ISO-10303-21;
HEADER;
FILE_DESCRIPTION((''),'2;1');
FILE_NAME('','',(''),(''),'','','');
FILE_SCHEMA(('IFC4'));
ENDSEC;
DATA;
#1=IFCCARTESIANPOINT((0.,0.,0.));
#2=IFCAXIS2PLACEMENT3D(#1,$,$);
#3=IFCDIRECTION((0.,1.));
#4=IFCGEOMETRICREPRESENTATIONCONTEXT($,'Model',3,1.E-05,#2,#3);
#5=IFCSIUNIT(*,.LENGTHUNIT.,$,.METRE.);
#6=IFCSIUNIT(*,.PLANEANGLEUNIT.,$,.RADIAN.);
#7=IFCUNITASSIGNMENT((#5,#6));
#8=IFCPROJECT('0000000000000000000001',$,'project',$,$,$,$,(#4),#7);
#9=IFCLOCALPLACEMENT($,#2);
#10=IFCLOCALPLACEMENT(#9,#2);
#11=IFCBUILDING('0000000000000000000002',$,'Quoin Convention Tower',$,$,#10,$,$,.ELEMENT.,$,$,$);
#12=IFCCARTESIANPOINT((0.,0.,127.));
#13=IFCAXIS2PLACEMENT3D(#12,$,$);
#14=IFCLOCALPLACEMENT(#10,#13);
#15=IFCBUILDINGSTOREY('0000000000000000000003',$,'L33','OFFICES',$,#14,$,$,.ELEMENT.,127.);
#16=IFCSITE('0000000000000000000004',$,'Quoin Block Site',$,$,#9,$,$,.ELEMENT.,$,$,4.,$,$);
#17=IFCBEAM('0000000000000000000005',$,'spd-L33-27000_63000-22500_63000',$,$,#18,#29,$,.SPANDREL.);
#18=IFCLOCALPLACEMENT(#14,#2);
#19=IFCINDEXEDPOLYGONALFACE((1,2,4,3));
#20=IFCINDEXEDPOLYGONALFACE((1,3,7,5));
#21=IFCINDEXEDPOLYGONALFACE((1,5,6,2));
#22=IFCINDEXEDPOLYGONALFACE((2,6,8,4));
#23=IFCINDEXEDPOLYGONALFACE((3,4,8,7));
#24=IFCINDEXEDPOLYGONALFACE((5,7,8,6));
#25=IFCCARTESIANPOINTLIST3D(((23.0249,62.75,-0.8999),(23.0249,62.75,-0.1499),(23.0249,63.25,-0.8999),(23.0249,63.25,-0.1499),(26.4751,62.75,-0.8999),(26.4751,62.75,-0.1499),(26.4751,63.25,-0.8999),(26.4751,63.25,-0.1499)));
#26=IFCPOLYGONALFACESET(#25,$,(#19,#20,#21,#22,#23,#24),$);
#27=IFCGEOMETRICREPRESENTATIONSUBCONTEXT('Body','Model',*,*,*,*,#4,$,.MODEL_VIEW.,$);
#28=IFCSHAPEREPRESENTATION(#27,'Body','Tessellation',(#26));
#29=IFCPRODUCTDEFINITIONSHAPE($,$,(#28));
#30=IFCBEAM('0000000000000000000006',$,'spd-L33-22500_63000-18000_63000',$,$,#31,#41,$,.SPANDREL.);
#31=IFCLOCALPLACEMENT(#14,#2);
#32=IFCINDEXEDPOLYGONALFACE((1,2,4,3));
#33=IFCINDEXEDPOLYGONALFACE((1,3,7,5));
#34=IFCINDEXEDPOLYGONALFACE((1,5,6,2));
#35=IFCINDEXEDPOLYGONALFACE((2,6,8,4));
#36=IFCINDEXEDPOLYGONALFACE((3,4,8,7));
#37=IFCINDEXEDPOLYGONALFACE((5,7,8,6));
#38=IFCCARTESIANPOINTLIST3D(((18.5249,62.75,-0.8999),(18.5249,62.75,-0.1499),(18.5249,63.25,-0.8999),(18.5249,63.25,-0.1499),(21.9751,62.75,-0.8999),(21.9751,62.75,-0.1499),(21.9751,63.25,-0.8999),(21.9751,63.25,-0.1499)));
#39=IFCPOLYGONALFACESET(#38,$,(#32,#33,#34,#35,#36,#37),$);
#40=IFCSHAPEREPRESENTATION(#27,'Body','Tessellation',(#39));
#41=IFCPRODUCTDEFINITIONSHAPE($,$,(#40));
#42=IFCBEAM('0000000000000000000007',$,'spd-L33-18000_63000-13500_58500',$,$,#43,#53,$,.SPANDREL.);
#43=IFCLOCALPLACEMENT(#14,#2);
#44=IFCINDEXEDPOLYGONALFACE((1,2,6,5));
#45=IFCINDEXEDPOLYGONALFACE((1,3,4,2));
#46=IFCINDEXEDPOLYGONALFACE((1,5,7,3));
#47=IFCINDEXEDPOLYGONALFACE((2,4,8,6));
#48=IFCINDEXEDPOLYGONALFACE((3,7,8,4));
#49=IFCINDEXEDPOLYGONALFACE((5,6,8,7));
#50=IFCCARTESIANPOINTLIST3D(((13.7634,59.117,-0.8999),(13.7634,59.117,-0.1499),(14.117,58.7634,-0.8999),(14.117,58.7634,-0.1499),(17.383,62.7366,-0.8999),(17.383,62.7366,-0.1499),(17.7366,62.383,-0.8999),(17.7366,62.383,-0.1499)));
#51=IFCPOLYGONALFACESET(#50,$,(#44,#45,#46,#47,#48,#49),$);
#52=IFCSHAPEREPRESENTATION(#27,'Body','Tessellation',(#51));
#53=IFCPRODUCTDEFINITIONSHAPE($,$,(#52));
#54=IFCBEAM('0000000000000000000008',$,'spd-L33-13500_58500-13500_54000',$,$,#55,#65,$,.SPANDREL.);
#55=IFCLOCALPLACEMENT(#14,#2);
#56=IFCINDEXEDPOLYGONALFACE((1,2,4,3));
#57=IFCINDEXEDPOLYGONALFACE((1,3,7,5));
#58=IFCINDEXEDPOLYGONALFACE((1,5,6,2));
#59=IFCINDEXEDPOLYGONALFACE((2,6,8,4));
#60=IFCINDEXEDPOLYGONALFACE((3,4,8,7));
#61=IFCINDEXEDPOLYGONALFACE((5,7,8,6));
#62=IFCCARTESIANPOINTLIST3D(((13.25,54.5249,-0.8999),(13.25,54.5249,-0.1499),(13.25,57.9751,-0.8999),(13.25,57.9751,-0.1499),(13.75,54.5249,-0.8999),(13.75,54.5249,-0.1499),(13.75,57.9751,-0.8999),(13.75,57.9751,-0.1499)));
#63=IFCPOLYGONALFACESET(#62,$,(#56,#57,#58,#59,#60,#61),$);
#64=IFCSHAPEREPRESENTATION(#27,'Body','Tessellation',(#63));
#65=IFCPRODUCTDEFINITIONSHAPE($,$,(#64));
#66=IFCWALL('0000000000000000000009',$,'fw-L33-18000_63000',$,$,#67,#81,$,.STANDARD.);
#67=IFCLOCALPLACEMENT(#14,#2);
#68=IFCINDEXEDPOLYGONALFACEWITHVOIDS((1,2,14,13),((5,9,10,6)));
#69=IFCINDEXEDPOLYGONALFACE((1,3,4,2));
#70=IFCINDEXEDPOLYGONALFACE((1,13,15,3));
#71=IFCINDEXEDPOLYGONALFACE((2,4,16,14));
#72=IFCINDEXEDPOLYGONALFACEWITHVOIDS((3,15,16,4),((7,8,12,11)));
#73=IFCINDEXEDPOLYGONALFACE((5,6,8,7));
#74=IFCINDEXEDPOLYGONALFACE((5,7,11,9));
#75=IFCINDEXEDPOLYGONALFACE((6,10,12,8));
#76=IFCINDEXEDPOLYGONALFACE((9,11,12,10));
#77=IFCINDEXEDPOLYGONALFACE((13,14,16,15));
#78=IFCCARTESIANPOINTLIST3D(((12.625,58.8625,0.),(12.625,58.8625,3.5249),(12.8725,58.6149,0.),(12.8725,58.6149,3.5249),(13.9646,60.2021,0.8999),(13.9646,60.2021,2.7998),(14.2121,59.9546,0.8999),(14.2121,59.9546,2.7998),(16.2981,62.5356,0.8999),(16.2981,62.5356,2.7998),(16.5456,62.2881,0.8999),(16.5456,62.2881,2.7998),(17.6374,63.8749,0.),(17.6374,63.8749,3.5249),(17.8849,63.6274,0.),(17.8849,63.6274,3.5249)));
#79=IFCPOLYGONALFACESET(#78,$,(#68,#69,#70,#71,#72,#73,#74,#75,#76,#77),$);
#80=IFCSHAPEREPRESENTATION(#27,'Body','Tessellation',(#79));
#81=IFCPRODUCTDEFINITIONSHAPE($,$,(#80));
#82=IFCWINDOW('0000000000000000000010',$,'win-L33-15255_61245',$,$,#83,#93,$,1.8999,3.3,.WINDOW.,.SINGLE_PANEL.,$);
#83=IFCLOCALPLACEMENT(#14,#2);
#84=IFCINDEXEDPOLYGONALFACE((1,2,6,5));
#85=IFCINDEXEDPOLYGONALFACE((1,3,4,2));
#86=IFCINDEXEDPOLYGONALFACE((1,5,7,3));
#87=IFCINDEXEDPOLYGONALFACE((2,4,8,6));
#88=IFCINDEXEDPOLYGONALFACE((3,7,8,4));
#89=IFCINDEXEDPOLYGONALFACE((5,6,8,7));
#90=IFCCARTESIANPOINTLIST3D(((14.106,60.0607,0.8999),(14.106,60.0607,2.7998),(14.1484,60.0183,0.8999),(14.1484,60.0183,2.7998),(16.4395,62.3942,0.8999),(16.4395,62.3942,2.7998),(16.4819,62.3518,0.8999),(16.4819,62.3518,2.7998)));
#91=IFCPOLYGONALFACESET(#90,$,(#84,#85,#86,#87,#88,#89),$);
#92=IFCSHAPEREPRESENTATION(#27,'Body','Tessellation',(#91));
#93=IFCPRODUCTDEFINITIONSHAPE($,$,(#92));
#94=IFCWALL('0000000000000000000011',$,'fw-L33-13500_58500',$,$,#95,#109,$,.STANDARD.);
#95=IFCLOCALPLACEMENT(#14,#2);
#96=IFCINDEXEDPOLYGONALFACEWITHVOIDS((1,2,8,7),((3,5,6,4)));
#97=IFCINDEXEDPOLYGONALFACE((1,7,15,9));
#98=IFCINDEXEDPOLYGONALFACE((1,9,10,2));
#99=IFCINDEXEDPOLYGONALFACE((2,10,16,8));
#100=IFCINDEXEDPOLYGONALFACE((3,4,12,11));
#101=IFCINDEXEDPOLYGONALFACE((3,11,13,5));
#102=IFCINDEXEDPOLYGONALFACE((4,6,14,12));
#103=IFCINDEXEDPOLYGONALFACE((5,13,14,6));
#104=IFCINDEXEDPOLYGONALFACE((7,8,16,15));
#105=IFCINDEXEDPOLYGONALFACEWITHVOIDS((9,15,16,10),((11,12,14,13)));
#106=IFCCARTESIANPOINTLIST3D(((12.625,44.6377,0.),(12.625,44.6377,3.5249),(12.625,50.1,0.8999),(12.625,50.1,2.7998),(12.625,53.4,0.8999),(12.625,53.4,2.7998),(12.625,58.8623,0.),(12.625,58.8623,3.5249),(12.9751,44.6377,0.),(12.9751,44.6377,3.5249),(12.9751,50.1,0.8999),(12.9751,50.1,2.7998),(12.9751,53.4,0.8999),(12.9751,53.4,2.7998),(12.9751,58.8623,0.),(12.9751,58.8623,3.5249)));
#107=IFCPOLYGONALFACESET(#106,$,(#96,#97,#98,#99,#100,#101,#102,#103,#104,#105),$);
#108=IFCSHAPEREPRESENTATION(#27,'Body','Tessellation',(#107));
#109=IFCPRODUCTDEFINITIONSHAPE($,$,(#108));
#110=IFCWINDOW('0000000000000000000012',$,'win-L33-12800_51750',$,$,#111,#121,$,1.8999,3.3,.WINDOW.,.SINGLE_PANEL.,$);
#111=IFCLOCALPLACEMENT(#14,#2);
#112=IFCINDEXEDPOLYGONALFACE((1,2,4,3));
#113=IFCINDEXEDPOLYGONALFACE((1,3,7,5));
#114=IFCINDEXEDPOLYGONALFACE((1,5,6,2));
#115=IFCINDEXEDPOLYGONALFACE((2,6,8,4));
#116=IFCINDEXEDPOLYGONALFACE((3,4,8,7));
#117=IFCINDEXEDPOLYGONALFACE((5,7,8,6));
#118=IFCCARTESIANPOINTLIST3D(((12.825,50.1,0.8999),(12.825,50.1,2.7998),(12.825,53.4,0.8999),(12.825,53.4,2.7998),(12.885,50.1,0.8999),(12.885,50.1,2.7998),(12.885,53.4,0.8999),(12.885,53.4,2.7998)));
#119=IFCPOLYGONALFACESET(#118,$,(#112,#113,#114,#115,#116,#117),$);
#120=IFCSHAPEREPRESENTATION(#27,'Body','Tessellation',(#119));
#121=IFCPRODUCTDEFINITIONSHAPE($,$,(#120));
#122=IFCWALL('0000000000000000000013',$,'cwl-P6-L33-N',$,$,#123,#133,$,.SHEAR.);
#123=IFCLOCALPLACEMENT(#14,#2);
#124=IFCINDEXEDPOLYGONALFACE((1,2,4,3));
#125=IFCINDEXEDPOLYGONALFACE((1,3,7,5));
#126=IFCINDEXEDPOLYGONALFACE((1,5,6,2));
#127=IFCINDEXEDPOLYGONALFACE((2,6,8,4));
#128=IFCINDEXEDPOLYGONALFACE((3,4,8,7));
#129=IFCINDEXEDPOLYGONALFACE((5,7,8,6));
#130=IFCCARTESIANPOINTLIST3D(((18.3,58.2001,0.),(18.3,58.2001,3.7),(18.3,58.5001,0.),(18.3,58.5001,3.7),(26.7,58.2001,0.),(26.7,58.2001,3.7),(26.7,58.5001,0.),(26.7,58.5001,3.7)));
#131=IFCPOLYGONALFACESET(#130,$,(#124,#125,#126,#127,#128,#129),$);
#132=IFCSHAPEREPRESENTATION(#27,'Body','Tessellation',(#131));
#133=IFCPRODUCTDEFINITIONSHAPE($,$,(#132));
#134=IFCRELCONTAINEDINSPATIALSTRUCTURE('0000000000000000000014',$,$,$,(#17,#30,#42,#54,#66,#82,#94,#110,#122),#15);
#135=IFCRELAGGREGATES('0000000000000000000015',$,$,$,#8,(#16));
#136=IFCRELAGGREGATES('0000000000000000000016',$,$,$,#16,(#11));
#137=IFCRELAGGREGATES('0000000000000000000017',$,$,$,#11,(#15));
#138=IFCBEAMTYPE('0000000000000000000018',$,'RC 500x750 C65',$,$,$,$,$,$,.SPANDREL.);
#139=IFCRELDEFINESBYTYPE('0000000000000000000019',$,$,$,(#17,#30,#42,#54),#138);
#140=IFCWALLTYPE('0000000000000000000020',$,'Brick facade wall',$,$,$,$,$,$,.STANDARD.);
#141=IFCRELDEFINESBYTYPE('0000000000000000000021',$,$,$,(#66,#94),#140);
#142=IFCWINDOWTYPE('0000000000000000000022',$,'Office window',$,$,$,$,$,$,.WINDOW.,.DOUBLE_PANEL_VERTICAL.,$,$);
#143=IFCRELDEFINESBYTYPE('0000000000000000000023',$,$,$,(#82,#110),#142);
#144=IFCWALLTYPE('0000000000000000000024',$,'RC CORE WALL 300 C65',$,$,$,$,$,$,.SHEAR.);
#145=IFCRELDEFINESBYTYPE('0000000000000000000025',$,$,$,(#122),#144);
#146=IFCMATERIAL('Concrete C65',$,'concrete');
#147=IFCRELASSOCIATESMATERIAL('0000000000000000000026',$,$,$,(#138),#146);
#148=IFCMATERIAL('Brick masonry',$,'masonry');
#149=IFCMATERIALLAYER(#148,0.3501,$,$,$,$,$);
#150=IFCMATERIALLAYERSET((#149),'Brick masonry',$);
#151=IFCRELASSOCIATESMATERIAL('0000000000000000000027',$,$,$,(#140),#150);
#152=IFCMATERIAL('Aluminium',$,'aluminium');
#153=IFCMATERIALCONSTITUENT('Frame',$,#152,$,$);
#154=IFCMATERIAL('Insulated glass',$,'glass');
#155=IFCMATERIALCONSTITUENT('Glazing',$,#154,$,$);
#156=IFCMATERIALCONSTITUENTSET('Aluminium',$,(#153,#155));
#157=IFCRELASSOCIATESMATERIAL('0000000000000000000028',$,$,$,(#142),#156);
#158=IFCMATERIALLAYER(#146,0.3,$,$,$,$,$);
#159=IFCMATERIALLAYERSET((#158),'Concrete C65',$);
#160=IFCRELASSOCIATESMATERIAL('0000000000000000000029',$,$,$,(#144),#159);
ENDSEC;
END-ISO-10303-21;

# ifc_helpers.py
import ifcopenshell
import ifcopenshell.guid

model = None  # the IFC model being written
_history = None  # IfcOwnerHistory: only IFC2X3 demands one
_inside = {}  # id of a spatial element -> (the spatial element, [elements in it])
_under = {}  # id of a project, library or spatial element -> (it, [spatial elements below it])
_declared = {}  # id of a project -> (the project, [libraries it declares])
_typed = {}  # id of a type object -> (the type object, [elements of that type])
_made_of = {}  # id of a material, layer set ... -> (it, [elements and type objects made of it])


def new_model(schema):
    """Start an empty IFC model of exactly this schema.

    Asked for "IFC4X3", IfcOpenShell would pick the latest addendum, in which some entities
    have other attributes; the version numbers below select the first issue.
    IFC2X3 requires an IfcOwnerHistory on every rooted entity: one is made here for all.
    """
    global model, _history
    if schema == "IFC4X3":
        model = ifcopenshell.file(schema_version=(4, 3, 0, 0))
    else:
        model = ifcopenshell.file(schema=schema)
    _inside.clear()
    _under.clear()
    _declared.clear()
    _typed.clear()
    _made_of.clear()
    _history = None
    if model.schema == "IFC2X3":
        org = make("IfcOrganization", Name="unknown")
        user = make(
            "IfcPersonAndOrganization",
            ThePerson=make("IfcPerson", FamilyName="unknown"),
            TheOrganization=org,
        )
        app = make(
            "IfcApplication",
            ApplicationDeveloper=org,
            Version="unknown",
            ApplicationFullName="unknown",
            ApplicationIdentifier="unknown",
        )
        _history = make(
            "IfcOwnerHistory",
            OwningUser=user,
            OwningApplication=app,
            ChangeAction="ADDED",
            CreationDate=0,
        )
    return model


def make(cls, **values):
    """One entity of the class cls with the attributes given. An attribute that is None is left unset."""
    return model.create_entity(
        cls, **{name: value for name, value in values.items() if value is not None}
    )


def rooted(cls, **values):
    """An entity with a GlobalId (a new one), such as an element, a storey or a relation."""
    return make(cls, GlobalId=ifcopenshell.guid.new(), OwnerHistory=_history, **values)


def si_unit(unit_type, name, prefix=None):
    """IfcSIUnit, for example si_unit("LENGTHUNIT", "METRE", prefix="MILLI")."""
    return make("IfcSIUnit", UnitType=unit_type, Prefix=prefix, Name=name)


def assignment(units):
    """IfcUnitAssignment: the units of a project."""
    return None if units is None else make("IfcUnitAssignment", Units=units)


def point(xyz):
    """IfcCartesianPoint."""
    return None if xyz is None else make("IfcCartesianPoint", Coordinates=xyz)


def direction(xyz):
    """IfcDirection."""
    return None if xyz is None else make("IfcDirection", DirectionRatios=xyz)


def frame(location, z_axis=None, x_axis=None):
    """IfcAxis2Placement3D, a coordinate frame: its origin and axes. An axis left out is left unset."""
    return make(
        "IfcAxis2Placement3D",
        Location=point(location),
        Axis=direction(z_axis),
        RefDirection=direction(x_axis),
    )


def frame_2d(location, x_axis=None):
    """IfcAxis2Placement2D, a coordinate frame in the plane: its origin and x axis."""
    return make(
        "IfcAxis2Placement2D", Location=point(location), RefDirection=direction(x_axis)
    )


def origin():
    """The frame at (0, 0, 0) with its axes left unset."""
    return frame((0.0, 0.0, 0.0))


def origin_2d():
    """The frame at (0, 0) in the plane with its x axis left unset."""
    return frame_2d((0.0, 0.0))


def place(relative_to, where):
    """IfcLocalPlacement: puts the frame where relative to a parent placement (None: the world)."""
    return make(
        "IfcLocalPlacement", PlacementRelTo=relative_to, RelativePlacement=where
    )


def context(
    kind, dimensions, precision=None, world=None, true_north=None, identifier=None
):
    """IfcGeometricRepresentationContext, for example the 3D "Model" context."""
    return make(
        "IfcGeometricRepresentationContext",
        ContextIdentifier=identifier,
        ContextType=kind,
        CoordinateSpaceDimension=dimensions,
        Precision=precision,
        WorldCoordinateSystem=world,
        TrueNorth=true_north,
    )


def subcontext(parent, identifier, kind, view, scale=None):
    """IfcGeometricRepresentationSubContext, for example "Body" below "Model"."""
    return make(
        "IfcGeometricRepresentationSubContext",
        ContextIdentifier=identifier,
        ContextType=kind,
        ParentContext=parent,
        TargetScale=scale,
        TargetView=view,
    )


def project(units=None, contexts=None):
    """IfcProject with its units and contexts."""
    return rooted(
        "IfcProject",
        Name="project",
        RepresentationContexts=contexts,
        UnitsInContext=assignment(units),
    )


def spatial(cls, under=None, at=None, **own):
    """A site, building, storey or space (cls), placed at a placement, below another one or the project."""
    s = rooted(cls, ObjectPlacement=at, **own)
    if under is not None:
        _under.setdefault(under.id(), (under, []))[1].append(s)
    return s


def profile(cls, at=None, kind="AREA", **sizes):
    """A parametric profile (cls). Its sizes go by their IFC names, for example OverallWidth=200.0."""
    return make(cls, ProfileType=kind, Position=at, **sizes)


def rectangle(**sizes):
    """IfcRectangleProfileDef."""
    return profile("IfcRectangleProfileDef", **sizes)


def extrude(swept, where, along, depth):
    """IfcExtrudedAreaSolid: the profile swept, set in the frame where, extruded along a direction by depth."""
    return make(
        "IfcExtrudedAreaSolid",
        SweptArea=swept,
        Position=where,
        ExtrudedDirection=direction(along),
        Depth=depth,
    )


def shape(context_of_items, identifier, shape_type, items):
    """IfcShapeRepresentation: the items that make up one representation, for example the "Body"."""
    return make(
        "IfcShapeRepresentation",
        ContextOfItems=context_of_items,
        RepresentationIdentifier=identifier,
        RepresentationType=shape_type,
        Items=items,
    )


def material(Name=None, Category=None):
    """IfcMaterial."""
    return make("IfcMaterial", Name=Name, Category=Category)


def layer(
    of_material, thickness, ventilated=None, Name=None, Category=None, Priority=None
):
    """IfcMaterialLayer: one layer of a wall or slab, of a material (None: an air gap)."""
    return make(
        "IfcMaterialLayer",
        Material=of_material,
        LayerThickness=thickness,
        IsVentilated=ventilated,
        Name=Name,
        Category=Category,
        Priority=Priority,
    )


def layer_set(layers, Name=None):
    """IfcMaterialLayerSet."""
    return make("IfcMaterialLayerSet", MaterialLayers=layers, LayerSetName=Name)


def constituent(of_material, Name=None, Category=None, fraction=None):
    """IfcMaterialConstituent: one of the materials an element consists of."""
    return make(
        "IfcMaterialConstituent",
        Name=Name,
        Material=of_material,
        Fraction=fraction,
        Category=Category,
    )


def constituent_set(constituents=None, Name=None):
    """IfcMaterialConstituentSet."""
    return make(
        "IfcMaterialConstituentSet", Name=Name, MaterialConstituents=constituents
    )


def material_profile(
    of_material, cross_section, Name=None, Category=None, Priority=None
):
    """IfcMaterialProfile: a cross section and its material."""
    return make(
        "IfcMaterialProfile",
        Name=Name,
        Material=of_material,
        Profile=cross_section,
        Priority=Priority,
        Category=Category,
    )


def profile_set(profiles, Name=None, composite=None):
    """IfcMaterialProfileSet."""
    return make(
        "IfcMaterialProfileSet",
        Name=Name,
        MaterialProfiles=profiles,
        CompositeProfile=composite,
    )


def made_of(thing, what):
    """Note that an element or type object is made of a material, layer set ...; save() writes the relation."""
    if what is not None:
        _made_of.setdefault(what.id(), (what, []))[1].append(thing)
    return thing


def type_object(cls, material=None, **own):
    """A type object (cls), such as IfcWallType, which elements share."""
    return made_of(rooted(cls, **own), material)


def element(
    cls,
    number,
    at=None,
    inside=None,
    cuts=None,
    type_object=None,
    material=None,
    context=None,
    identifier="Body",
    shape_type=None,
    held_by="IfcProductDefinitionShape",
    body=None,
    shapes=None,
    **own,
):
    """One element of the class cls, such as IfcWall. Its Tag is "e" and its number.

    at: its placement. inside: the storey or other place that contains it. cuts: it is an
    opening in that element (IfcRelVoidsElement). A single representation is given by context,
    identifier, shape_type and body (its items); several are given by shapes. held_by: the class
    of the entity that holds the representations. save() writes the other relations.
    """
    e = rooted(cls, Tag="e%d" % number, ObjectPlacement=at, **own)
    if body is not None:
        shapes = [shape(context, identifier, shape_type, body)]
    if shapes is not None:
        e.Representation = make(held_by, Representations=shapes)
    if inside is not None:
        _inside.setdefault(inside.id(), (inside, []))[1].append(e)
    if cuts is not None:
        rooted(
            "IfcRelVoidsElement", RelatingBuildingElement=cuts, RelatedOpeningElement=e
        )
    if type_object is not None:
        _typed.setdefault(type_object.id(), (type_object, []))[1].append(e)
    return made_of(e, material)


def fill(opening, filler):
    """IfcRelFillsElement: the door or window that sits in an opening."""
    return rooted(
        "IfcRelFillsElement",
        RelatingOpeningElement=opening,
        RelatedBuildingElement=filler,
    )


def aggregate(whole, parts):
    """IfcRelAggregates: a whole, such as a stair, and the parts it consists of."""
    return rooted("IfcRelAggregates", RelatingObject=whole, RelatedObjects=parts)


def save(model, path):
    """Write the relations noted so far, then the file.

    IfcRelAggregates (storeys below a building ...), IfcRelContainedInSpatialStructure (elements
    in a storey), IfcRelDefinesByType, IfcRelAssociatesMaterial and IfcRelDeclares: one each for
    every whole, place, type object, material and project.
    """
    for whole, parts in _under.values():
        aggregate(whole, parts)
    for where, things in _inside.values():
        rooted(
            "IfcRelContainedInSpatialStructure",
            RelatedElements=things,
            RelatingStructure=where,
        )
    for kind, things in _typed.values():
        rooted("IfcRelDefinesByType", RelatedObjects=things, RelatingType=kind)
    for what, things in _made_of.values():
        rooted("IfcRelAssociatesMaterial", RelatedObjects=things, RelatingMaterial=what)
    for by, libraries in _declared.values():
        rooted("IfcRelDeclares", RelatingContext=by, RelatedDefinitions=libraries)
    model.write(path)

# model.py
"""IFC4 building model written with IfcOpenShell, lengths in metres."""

from ifc_helpers import new_model, si_unit, direction, frame, frame_2d, origin, origin_2d, place, context, subcontext, project, spatial, rectangle, extrude, material, layer, layer_set, constituent, constituent_set, material_profile, profile_set, type_object, element, fill, save


model = new_model("IFC4")

# Units and contexts
model_context = context("Model", 3, precision=1e-05, world=origin(), true_north=direction((0.0, 1.0)))
body_context = subcontext(model_context, "Body", "Model", "MODEL_VIEW")
ifc_project = project(units=[si_unit("LENGTHUNIT", "METRE"), si_unit("PLANEANGLEUNIT", "RADIAN")], contexts=[model_context])

# Site, building, storey
site_placement = place(None, origin())
site = spatial("IfcSite", under=ifc_project, at=site_placement, Name="Quoin Block Site", CompositionType="ELEMENT", RefElevation=4.0)
building_placement = place(site_placement, origin())
building = spatial("IfcBuilding", under=site, at=building_placement, Name="Quoin Convention Tower", CompositionType="ELEMENT")
storey_placement = place(building_placement, frame((0.0, 0.0, 127.0)))
storey = spatial("IfcBuildingStorey", under=building, at=storey_placement, Name="L33", Description="OFFICES", CompositionType="ELEMENT", Elevation=127.0)

# Shared definitions
ifc_material_1 = material(Name="Concrete C65", Category="concrete")

# Beams
ifc_material_profile_1 = material_profile(ifc_material_1, rectangle(XDim=0.5, YDim=0.75, at=origin_2d()), Name="RC 500x750")
ifc_profile_set_1 = profile_set([ifc_material_profile_1], Name="Concrete C65")
beam_type_1 = type_object("IfcBeamType", Name="RC 500x750 C65", PredefinedType="SPANDREL", material=ifc_profile_set_1)
for number, where, z_axis, x_axis, name in (
    (1, (26.4751, 63.0, -0.5249), (-1.0, 0.0, 0.0), (0.0, -1.0, 0.0), "spd-L33-27000_63000-22500_63000"),
    (2, (21.9751, 63.0, -0.5249), (-1.0, 0.0, 0.0), (0.0, -1.0, 0.0), "spd-L33-22500_63000-18000_63000"),
):
    element("IfcBeam", number, at=place(storey_placement, frame(where, z_axis=z_axis, x_axis=x_axis)), inside=storey, type_object=beam_type_1, Name=name, PredefinedType="SPANDREL", context=body_context, shape_type="SweptSolid", body=[
        extrude(rectangle(XDim=0.5, YDim=0.75, at=origin_2d()), origin(), (0.0, 0.0, 1.0), 3.4502),
    ])
beam_1_placement = place(storey_placement, frame((17.5598, 62.5598, -0.5249), z_axis=(-0.707107, -0.707107, 0.0), x_axis=(0.707107, -0.707107, 0.0)))
element("IfcBeam", 3, at=beam_1_placement, inside=storey, type_object=beam_type_1, Name="spd-L33-18000_63000-13500_58500", PredefinedType="SPANDREL", context=body_context, shape_type="SweptSolid", body=[
    extrude(rectangle(XDim=0.5, YDim=0.75, at=origin_2d()), origin(), (0.0, 0.0, 1.0), 5.1189),
])
beam_2_placement = place(storey_placement, frame((13.5, 57.9751, -0.5249), z_axis=(0.0, -1.0, 0.0), x_axis=(1.0, 0.0, 0.0)))
element("IfcBeam", 4, at=beam_2_placement, inside=storey, type_object=beam_type_1, Name="spd-L33-13500_58500-13500_54000", PredefinedType="SPANDREL", context=body_context, shape_type="SweptSolid", body=[
    extrude(rectangle(XDim=0.5, YDim=0.75, at=origin_2d()), origin(), (0.0, 0.0, 1.0), 3.4502),
])

# Walls, openings, windows
ifc_material_2 = material(Name="Brick masonry", Category="masonry")
ifc_layer_1 = layer(ifc_material_2, 0.3501)
ifc_layer_set_1 = layer_set([ifc_layer_1], Name="Brick masonry")
wall_type_1 = type_object("IfcWallType", Name="Brick facade wall", PredefinedType="STANDARD", material=ifc_layer_set_1)
wall_1_placement = place(storey_placement, frame((17.7612, 63.7512, 0.0), z_axis=(0.0, 0.0, 1.0), x_axis=(-0.707107, -0.707107, 0.0)))
wall_1 = element("IfcWall", 5, at=wall_1_placement, inside=storey, type_object=wall_type_1, Name="fw-L33-18000_63000", PredefinedType="STANDARD", context=body_context, shape_type="SweptSolid", body=[
    extrude(rectangle(XDim=7.0886, YDim=0.3501, at=frame_2d((3.5444, 0.0))), origin(), (0.0, 0.0, 1.0), 3.5249),
])
opening_1_placement = place(wall_1_placement, frame((1.8943, 0.0, 0.8999)))
opening_1 = element("IfcOpeningElement", 6, at=opening_1_placement, cuts=wall_1, PredefinedType="OPENING", context=body_context, shape_type="SweptSolid", body=[
    extrude(rectangle(XDim=3.3, YDim=1.8999, at=frame_2d((1.6499, 0.95))), frame((0.0, 0.1851, 0.0), z_axis=(0.0, -1.0, 0.0), x_axis=(1.0, 0.0, 0.0)), (0.0, 0.0, 1.0), 0.3701),
])
ifc_material_3 = material(Name="Aluminium", Category="aluminium")
ifc_constituent_1 = constituent(ifc_material_3, Name="Frame")
ifc_material_4 = material(Name="Insulated glass", Category="glass")
ifc_constituent_2 = constituent(ifc_material_4, Name="Glazing")
ifc_constituent_set = constituent_set(constituents=[ifc_constituent_1, ifc_constituent_2], Name="Aluminium")
window_type = type_object("IfcWindowType", Name="Office window", PartitioningType="DOUBLE_PANEL_VERTICAL", PredefinedType="WINDOW", material=ifc_constituent_set)
window_1_placement = place(opening_1_placement, origin())
window_1 = element("IfcWindow", 7, at=window_1_placement, inside=storey, type_object=window_type, Name="win-L33-15255_61245", OverallHeight=1.8999, OverallWidth=3.3, PartitioningType="SINGLE_PANEL", PredefinedType="WINDOW", context=body_context, shape_type="SweptSolid", body=[
    extrude(rectangle(XDim=3.3, YDim=1.8999, at=frame_2d((1.6499, 0.95))), frame((0.0, 0.085, 0.0), z_axis=(0.0, -1.0, 0.0), x_axis=(1.0, 0.0, 0.0)), (0.0, 0.0, 1.0), 0.0601),
])
fill(opening_1, window_1)
wall_2_placement = place(storey_placement, frame((12.8, 58.8623, 0.0), z_axis=(0.0, 0.0, 1.0), x_axis=(0.0, -1.0, 0.0)))
wall_2 = element("IfcWall", 8, at=wall_2_placement, inside=storey, type_object=wall_type_1, Name="fw-L33-13500_58500", PredefinedType="STANDARD", context=body_context, shape_type="SweptSolid", body=[
    extrude(rectangle(XDim=14.2246, YDim=0.3501, at=frame_2d((7.1123, 0.0))), origin(), (0.0, 0.0, 1.0), 3.5249),
])
opening_2_placement = place(wall_2_placement, frame((5.4624, 0.0, 0.8999)))
opening_2 = element("IfcOpeningElement", 9, at=opening_2_placement, cuts=wall_2, PredefinedType="OPENING", context=body_context, shape_type="SweptSolid", body=[
    extrude(rectangle(XDim=3.3, YDim=1.8999, at=frame_2d((1.6499, 0.95))), frame((0.0, 0.1851, 0.0), z_axis=(0.0, -1.0, 0.0), x_axis=(1.0, 0.0, 0.0)), (0.0, 0.0, 1.0), 0.3701),
])
window_2_placement = place(opening_2_placement, origin())
window_2 = element("IfcWindow", 10, at=window_2_placement, inside=storey, type_object=window_type, Name="win-L33-12800_51750", OverallHeight=1.8999, OverallWidth=3.3, PartitioningType="SINGLE_PANEL", PredefinedType="WINDOW", context=body_context, shape_type="SweptSolid", body=[
    extrude(rectangle(XDim=3.3, YDim=1.8999, at=frame_2d((1.6499, 0.95))), frame((0.0, 0.085, 0.0), z_axis=(0.0, -1.0, 0.0), x_axis=(1.0, 0.0, 0.0)), (0.0, 0.0, 1.0), 0.0601),
])
fill(opening_2, window_2)

# Wall
ifc_layer_2 = layer(ifc_material_1, 0.3)
ifc_layer_set_2 = layer_set([ifc_layer_2], Name="Concrete C65")
wall_type_2 = type_object("IfcWallType", Name="RC CORE WALL 300 C65", PredefinedType="SHEAR", material=ifc_layer_set_2)
wall_3_placement = place(storey_placement, frame((18.3, 58.3501, 0.0), z_axis=(0.0, 0.0, 1.0), x_axis=(1.0, 0.0, 0.0)))
element("IfcWall", 11, at=wall_3_placement, inside=storey, type_object=wall_type_2, Name="cwl-P6-L33-N", PredefinedType="SHEAR", context=body_context, shape_type="SweptSolid", body=[
    extrude(rectangle(XDim=8.3999, YDim=0.3, at=frame_2d((4.2, 0.0))), origin(), (0.0, 0.0, 1.0), 3.7),
])

save(model, "model.ifc")
